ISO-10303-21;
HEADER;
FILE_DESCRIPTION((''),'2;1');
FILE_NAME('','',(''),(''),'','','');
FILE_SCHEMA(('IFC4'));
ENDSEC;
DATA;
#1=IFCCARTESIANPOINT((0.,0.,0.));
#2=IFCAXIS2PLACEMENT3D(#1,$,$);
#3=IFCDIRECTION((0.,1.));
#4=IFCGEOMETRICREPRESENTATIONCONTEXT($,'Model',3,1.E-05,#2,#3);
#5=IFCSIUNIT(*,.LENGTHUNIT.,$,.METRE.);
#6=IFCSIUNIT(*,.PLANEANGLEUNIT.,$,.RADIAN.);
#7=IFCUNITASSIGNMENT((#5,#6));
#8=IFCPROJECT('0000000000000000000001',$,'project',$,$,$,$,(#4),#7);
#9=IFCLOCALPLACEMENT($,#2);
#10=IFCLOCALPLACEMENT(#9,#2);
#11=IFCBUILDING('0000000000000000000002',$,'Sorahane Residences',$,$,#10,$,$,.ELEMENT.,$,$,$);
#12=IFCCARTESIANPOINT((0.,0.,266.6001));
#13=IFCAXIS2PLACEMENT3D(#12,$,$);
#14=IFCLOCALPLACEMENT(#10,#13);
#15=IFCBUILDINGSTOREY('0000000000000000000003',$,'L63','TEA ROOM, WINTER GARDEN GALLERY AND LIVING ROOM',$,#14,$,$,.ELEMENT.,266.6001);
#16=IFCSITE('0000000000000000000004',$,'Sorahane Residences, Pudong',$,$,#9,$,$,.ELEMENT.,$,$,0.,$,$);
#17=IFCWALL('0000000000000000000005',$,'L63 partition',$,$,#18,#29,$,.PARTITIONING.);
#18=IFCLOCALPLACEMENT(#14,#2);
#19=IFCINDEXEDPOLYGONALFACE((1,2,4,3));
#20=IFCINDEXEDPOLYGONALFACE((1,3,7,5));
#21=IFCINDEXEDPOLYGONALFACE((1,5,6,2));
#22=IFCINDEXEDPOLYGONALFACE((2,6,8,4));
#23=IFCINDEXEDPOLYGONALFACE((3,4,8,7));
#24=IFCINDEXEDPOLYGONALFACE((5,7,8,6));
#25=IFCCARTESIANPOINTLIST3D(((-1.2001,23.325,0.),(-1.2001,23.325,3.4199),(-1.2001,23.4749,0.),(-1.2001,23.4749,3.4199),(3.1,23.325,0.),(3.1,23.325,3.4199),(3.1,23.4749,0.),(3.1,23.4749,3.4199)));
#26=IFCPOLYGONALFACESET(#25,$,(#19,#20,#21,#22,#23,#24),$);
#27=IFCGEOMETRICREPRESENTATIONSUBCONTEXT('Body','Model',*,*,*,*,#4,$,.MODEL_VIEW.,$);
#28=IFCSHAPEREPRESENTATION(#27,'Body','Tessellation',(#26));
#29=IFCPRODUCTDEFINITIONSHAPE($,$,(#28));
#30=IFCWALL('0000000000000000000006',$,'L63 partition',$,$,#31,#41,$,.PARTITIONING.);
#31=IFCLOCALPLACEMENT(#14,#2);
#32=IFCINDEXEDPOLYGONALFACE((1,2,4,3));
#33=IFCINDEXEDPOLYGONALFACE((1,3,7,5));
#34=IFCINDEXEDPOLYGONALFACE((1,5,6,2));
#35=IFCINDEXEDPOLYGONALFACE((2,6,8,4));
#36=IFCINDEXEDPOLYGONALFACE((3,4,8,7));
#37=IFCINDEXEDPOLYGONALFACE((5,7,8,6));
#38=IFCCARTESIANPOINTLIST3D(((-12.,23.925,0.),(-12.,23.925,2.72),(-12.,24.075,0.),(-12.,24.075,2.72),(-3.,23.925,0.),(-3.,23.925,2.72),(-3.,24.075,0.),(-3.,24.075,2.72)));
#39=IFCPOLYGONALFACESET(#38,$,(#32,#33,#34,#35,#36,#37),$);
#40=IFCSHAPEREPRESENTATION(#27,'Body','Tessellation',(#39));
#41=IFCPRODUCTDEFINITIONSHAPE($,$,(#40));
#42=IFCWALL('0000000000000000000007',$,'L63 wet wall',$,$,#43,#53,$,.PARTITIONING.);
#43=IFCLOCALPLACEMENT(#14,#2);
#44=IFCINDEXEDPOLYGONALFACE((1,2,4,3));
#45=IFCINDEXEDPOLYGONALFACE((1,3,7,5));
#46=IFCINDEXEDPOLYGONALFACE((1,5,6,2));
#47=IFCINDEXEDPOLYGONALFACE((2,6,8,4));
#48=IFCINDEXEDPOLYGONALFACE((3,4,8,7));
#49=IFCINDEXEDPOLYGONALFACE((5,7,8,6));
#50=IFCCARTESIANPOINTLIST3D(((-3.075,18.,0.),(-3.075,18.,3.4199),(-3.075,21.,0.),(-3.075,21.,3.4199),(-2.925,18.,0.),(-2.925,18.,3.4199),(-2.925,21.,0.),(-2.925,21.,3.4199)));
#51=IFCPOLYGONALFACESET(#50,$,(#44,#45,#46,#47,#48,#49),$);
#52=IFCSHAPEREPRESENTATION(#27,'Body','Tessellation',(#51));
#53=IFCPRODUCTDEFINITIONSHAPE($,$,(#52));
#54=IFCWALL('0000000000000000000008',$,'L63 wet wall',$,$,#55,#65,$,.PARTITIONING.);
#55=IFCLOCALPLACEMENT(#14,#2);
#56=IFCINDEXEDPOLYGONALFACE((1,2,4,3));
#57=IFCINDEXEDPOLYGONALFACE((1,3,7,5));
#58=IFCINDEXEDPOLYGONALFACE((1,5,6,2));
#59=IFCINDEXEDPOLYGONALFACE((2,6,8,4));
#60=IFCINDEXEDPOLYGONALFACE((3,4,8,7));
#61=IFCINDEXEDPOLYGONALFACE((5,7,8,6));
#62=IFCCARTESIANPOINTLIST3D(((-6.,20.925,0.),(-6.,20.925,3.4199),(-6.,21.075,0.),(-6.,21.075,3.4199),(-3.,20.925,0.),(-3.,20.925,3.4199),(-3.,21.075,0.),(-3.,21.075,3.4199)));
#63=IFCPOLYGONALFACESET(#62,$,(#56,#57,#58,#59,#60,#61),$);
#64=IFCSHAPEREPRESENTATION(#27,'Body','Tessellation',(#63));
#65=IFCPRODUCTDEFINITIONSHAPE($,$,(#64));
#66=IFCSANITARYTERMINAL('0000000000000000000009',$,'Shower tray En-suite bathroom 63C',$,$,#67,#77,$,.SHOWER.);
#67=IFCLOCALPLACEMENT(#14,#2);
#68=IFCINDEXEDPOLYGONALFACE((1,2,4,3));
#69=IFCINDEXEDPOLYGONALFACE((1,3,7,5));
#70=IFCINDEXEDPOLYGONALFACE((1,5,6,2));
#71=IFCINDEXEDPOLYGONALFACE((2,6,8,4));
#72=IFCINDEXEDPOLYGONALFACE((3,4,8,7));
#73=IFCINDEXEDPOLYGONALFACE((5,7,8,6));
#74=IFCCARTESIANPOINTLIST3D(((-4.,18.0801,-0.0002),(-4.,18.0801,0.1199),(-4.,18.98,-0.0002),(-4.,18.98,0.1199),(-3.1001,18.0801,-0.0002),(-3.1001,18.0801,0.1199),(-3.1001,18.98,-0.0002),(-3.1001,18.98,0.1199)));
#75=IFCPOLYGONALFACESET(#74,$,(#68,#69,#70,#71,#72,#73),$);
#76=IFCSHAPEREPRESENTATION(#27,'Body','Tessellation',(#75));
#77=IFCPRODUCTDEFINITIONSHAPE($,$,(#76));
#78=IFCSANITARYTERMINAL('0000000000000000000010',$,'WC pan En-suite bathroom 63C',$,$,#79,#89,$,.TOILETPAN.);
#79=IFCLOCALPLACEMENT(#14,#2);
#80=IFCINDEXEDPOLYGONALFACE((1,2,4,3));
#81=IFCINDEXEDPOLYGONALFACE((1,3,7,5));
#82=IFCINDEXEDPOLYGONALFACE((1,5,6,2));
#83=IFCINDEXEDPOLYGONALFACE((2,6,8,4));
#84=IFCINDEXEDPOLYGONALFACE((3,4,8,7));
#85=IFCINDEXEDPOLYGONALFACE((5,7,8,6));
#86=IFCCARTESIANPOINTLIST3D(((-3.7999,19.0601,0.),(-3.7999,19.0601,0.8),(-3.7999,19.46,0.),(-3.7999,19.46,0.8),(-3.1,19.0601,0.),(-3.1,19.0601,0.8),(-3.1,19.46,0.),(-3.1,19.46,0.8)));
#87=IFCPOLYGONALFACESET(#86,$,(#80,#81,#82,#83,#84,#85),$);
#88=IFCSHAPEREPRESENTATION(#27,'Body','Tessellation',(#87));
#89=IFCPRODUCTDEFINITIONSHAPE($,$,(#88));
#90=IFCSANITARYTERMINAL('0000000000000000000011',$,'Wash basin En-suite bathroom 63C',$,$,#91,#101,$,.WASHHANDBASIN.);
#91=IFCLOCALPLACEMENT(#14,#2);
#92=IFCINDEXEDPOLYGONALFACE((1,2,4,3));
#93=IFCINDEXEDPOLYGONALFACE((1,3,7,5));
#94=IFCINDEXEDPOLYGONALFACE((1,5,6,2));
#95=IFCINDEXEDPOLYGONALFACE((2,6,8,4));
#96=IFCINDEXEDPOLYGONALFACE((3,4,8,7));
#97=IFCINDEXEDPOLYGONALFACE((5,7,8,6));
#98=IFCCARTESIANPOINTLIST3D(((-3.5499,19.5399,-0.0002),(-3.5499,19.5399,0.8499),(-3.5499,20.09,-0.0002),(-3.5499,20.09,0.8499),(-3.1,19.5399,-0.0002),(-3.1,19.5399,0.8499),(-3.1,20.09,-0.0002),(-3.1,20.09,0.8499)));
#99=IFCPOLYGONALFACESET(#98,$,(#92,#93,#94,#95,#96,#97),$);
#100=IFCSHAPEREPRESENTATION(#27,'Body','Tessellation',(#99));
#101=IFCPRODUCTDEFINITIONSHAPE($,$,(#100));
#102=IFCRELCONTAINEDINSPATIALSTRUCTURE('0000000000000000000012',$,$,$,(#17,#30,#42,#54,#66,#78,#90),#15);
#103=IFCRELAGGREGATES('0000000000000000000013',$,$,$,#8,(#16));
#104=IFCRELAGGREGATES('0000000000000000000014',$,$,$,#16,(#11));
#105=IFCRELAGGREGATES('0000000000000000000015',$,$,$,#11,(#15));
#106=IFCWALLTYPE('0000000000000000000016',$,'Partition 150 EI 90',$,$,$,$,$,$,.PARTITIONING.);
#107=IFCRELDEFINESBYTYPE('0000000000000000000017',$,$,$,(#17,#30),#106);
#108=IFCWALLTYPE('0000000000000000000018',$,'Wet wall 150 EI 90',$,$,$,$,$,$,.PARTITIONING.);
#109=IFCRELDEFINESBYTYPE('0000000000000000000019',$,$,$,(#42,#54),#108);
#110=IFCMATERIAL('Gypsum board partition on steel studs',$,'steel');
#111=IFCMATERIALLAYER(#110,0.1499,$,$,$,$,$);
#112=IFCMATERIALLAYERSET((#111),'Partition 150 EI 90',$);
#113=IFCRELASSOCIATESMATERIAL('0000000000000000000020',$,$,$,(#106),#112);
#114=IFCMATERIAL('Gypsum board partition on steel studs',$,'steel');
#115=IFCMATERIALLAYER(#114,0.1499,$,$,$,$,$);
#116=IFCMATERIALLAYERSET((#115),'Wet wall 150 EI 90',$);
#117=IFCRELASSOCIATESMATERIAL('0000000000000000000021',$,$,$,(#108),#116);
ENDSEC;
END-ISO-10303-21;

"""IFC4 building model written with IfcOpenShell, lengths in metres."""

from ifc_helpers import new_model, si_unit, direction, frame, frame_2d, origin, origin_2d, place, context, subcontext, project, spatial, rectangle, extrude, material, layer, layer_set, type_object, element, save


model = new_model("IFC4")

# Units and contexts
model_context = context("Model", 3, precision=1e-05, world=origin(), true_north=direction((0.0, 1.0)))
body_context = subcontext(model_context, "Body", "Model", "MODEL_VIEW")
ifc_project = project(units=[si_unit("LENGTHUNIT", "METRE"), si_unit("PLANEANGLEUNIT", "RADIAN")], contexts=[model_context])

# Site, building, storey
site_placement = place(None, origin())
site = spatial("IfcSite", under=ifc_project, at=site_placement, Name="Sorahane Residences, Pudong", CompositionType="ELEMENT", RefElevation=0.0)
building_placement = place(site_placement, origin())
building = spatial("IfcBuilding", under=site, at=building_placement, Name="Sorahane Residences", CompositionType="ELEMENT")
storey_placement = place(building_placement, frame((0.0, 0.0, 266.6001)))
storey = spatial("IfcBuildingStorey", under=building, at=storey_placement, Name="L63", Description="TEA ROOM, WINTER GARDEN GALLERY AND LIVING ROOM", CompositionType="ELEMENT", Elevation=266.6001)

# Shared definitions
ifc_material_1 = material(Name="Gypsum board partition on steel studs", Category="steel")
ifc_layer_1 = layer(ifc_material_1, 0.1499)
ifc_layer_set_1 = layer_set([ifc_layer_1], Name="Partition 150 EI 90")
wall_type_1 = type_object("IfcWallType", Name="Partition 150 EI 90", PredefinedType="PARTITIONING", material=ifc_layer_set_1)

# Walls
wall_1_placement = place(storey_placement, frame((-1.2, 23.3999, 0.0), z_axis=(0.0, 0.0, 1.0), x_axis=(1.0, 0.0, 0.0)))
element("IfcWall", 1, at=wall_1_placement, inside=storey, type_object=wall_type_1, Name="L63 partition", PredefinedType="PARTITIONING", context=body_context, shape_type="SweptSolid", body=[
    extrude(rectangle(XDim=4.3, YDim=0.1499, at=frame_2d((2.1499, 0.0))), origin(), (0.0, 0.0, 1.0), 3.4199),
])
wall_2_placement = place(storey_placement, frame((-12.0, 24.0, 0.0), z_axis=(0.0, 0.0, 1.0), x_axis=(1.0, 0.0, 0.0)))
element("IfcWall", 2, at=wall_2_placement, inside=storey, type_object=wall_type_1, Name="L63 partition", PredefinedType="PARTITIONING", context=body_context, shape_type="SweptSolid", body=[
    extrude(rectangle(XDim=9.0, YDim=0.1499, at=frame_2d((4.5, 0.0))), origin(), (0.0, 0.0, 1.0), 2.72),
])
ifc_material_2 = material(Name="Gypsum board partition on steel studs", Category="steel")
ifc_layer_2 = layer(ifc_material_2, 0.1499)
ifc_layer_set_2 = layer_set([ifc_layer_2], Name="Wet wall 150 EI 90")
wall_type_2 = type_object("IfcWallType", Name="Wet wall 150 EI 90", PredefinedType="PARTITIONING", material=ifc_layer_set_2)
for number, where, z_axis, x_axis, name in (
    (3, (-3.0, 18.0, 0.0), (0.0, 0.0, 1.0), (0.0, 1.0, 0.0), "L63 wet wall"),
    (4, (-6.0, 21.0, 0.0), (0.0, 0.0, 1.0), (1.0, 0.0, 0.0), "L63 wet wall"),
):
    element("IfcWall", number, at=place(storey_placement, frame(where, z_axis=z_axis, x_axis=x_axis)), inside=storey, type_object=wall_type_2, Name=name, PredefinedType="PARTITIONING", context=body_context, shape_type="SweptSolid", body=[
        extrude(rectangle(XDim=3.0, YDim=0.1499, at=frame_2d((1.5, 0.0))), origin(), (0.0, 0.0, 1.0), 3.4199),
    ])

# Sanitary terminals
sanitary_terminal_1_placement = place(storey_placement, frame((-3.55, 18.53, -0.0002), z_axis=(0.0, 0.0, 1.0), x_axis=(0.0, -1.0, 0.0)))
element("IfcSanitaryTerminal", 5, at=sanitary_terminal_1_placement, inside=storey, Name="Shower tray En-suite bathroom 63C", PredefinedType="SHOWER", context=body_context, shape_type="SweptSolid", body=[
    extrude(rectangle(XDim=0.8999, YDim=0.8999, at=origin_2d()), origin(), (0.0, 0.0, 1.0), 0.1201),
])
sanitary_terminal_2_placement = place(storey_placement, frame((-3.45, 19.26, 0.0), z_axis=(0.0, 0.0, 1.0), x_axis=(0.0, -1.0, 0.0)))
element("IfcSanitaryTerminal", 6, at=sanitary_terminal_2_placement, inside=storey, Name="WC pan En-suite bathroom 63C", PredefinedType="TOILETPAN", context=body_context, shape_type="SweptSolid", body=[
    extrude(rectangle(XDim=0.3999, YDim=0.7, at=origin_2d()), origin(), (0.0, 0.0, 1.0), 0.8),
])
sanitary_terminal_3_placement = place(storey_placement, frame((-3.325, 19.8149, -0.0002), z_axis=(0.0, 0.0, 1.0), x_axis=(0.0, -1.0, 0.0)))
element("IfcSanitaryTerminal", 7, at=sanitary_terminal_3_placement, inside=storey, Name="Wash basin En-suite bathroom 63C", PredefinedType="WASHHANDBASIN", context=body_context, shape_type="SweptSolid", body=[
    extrude(rectangle(XDim=0.55, YDim=0.45, at=origin_2d()), origin(), (0.0, 0.0, 1.0), 0.8501),
])

save(model, "model.ifc")
